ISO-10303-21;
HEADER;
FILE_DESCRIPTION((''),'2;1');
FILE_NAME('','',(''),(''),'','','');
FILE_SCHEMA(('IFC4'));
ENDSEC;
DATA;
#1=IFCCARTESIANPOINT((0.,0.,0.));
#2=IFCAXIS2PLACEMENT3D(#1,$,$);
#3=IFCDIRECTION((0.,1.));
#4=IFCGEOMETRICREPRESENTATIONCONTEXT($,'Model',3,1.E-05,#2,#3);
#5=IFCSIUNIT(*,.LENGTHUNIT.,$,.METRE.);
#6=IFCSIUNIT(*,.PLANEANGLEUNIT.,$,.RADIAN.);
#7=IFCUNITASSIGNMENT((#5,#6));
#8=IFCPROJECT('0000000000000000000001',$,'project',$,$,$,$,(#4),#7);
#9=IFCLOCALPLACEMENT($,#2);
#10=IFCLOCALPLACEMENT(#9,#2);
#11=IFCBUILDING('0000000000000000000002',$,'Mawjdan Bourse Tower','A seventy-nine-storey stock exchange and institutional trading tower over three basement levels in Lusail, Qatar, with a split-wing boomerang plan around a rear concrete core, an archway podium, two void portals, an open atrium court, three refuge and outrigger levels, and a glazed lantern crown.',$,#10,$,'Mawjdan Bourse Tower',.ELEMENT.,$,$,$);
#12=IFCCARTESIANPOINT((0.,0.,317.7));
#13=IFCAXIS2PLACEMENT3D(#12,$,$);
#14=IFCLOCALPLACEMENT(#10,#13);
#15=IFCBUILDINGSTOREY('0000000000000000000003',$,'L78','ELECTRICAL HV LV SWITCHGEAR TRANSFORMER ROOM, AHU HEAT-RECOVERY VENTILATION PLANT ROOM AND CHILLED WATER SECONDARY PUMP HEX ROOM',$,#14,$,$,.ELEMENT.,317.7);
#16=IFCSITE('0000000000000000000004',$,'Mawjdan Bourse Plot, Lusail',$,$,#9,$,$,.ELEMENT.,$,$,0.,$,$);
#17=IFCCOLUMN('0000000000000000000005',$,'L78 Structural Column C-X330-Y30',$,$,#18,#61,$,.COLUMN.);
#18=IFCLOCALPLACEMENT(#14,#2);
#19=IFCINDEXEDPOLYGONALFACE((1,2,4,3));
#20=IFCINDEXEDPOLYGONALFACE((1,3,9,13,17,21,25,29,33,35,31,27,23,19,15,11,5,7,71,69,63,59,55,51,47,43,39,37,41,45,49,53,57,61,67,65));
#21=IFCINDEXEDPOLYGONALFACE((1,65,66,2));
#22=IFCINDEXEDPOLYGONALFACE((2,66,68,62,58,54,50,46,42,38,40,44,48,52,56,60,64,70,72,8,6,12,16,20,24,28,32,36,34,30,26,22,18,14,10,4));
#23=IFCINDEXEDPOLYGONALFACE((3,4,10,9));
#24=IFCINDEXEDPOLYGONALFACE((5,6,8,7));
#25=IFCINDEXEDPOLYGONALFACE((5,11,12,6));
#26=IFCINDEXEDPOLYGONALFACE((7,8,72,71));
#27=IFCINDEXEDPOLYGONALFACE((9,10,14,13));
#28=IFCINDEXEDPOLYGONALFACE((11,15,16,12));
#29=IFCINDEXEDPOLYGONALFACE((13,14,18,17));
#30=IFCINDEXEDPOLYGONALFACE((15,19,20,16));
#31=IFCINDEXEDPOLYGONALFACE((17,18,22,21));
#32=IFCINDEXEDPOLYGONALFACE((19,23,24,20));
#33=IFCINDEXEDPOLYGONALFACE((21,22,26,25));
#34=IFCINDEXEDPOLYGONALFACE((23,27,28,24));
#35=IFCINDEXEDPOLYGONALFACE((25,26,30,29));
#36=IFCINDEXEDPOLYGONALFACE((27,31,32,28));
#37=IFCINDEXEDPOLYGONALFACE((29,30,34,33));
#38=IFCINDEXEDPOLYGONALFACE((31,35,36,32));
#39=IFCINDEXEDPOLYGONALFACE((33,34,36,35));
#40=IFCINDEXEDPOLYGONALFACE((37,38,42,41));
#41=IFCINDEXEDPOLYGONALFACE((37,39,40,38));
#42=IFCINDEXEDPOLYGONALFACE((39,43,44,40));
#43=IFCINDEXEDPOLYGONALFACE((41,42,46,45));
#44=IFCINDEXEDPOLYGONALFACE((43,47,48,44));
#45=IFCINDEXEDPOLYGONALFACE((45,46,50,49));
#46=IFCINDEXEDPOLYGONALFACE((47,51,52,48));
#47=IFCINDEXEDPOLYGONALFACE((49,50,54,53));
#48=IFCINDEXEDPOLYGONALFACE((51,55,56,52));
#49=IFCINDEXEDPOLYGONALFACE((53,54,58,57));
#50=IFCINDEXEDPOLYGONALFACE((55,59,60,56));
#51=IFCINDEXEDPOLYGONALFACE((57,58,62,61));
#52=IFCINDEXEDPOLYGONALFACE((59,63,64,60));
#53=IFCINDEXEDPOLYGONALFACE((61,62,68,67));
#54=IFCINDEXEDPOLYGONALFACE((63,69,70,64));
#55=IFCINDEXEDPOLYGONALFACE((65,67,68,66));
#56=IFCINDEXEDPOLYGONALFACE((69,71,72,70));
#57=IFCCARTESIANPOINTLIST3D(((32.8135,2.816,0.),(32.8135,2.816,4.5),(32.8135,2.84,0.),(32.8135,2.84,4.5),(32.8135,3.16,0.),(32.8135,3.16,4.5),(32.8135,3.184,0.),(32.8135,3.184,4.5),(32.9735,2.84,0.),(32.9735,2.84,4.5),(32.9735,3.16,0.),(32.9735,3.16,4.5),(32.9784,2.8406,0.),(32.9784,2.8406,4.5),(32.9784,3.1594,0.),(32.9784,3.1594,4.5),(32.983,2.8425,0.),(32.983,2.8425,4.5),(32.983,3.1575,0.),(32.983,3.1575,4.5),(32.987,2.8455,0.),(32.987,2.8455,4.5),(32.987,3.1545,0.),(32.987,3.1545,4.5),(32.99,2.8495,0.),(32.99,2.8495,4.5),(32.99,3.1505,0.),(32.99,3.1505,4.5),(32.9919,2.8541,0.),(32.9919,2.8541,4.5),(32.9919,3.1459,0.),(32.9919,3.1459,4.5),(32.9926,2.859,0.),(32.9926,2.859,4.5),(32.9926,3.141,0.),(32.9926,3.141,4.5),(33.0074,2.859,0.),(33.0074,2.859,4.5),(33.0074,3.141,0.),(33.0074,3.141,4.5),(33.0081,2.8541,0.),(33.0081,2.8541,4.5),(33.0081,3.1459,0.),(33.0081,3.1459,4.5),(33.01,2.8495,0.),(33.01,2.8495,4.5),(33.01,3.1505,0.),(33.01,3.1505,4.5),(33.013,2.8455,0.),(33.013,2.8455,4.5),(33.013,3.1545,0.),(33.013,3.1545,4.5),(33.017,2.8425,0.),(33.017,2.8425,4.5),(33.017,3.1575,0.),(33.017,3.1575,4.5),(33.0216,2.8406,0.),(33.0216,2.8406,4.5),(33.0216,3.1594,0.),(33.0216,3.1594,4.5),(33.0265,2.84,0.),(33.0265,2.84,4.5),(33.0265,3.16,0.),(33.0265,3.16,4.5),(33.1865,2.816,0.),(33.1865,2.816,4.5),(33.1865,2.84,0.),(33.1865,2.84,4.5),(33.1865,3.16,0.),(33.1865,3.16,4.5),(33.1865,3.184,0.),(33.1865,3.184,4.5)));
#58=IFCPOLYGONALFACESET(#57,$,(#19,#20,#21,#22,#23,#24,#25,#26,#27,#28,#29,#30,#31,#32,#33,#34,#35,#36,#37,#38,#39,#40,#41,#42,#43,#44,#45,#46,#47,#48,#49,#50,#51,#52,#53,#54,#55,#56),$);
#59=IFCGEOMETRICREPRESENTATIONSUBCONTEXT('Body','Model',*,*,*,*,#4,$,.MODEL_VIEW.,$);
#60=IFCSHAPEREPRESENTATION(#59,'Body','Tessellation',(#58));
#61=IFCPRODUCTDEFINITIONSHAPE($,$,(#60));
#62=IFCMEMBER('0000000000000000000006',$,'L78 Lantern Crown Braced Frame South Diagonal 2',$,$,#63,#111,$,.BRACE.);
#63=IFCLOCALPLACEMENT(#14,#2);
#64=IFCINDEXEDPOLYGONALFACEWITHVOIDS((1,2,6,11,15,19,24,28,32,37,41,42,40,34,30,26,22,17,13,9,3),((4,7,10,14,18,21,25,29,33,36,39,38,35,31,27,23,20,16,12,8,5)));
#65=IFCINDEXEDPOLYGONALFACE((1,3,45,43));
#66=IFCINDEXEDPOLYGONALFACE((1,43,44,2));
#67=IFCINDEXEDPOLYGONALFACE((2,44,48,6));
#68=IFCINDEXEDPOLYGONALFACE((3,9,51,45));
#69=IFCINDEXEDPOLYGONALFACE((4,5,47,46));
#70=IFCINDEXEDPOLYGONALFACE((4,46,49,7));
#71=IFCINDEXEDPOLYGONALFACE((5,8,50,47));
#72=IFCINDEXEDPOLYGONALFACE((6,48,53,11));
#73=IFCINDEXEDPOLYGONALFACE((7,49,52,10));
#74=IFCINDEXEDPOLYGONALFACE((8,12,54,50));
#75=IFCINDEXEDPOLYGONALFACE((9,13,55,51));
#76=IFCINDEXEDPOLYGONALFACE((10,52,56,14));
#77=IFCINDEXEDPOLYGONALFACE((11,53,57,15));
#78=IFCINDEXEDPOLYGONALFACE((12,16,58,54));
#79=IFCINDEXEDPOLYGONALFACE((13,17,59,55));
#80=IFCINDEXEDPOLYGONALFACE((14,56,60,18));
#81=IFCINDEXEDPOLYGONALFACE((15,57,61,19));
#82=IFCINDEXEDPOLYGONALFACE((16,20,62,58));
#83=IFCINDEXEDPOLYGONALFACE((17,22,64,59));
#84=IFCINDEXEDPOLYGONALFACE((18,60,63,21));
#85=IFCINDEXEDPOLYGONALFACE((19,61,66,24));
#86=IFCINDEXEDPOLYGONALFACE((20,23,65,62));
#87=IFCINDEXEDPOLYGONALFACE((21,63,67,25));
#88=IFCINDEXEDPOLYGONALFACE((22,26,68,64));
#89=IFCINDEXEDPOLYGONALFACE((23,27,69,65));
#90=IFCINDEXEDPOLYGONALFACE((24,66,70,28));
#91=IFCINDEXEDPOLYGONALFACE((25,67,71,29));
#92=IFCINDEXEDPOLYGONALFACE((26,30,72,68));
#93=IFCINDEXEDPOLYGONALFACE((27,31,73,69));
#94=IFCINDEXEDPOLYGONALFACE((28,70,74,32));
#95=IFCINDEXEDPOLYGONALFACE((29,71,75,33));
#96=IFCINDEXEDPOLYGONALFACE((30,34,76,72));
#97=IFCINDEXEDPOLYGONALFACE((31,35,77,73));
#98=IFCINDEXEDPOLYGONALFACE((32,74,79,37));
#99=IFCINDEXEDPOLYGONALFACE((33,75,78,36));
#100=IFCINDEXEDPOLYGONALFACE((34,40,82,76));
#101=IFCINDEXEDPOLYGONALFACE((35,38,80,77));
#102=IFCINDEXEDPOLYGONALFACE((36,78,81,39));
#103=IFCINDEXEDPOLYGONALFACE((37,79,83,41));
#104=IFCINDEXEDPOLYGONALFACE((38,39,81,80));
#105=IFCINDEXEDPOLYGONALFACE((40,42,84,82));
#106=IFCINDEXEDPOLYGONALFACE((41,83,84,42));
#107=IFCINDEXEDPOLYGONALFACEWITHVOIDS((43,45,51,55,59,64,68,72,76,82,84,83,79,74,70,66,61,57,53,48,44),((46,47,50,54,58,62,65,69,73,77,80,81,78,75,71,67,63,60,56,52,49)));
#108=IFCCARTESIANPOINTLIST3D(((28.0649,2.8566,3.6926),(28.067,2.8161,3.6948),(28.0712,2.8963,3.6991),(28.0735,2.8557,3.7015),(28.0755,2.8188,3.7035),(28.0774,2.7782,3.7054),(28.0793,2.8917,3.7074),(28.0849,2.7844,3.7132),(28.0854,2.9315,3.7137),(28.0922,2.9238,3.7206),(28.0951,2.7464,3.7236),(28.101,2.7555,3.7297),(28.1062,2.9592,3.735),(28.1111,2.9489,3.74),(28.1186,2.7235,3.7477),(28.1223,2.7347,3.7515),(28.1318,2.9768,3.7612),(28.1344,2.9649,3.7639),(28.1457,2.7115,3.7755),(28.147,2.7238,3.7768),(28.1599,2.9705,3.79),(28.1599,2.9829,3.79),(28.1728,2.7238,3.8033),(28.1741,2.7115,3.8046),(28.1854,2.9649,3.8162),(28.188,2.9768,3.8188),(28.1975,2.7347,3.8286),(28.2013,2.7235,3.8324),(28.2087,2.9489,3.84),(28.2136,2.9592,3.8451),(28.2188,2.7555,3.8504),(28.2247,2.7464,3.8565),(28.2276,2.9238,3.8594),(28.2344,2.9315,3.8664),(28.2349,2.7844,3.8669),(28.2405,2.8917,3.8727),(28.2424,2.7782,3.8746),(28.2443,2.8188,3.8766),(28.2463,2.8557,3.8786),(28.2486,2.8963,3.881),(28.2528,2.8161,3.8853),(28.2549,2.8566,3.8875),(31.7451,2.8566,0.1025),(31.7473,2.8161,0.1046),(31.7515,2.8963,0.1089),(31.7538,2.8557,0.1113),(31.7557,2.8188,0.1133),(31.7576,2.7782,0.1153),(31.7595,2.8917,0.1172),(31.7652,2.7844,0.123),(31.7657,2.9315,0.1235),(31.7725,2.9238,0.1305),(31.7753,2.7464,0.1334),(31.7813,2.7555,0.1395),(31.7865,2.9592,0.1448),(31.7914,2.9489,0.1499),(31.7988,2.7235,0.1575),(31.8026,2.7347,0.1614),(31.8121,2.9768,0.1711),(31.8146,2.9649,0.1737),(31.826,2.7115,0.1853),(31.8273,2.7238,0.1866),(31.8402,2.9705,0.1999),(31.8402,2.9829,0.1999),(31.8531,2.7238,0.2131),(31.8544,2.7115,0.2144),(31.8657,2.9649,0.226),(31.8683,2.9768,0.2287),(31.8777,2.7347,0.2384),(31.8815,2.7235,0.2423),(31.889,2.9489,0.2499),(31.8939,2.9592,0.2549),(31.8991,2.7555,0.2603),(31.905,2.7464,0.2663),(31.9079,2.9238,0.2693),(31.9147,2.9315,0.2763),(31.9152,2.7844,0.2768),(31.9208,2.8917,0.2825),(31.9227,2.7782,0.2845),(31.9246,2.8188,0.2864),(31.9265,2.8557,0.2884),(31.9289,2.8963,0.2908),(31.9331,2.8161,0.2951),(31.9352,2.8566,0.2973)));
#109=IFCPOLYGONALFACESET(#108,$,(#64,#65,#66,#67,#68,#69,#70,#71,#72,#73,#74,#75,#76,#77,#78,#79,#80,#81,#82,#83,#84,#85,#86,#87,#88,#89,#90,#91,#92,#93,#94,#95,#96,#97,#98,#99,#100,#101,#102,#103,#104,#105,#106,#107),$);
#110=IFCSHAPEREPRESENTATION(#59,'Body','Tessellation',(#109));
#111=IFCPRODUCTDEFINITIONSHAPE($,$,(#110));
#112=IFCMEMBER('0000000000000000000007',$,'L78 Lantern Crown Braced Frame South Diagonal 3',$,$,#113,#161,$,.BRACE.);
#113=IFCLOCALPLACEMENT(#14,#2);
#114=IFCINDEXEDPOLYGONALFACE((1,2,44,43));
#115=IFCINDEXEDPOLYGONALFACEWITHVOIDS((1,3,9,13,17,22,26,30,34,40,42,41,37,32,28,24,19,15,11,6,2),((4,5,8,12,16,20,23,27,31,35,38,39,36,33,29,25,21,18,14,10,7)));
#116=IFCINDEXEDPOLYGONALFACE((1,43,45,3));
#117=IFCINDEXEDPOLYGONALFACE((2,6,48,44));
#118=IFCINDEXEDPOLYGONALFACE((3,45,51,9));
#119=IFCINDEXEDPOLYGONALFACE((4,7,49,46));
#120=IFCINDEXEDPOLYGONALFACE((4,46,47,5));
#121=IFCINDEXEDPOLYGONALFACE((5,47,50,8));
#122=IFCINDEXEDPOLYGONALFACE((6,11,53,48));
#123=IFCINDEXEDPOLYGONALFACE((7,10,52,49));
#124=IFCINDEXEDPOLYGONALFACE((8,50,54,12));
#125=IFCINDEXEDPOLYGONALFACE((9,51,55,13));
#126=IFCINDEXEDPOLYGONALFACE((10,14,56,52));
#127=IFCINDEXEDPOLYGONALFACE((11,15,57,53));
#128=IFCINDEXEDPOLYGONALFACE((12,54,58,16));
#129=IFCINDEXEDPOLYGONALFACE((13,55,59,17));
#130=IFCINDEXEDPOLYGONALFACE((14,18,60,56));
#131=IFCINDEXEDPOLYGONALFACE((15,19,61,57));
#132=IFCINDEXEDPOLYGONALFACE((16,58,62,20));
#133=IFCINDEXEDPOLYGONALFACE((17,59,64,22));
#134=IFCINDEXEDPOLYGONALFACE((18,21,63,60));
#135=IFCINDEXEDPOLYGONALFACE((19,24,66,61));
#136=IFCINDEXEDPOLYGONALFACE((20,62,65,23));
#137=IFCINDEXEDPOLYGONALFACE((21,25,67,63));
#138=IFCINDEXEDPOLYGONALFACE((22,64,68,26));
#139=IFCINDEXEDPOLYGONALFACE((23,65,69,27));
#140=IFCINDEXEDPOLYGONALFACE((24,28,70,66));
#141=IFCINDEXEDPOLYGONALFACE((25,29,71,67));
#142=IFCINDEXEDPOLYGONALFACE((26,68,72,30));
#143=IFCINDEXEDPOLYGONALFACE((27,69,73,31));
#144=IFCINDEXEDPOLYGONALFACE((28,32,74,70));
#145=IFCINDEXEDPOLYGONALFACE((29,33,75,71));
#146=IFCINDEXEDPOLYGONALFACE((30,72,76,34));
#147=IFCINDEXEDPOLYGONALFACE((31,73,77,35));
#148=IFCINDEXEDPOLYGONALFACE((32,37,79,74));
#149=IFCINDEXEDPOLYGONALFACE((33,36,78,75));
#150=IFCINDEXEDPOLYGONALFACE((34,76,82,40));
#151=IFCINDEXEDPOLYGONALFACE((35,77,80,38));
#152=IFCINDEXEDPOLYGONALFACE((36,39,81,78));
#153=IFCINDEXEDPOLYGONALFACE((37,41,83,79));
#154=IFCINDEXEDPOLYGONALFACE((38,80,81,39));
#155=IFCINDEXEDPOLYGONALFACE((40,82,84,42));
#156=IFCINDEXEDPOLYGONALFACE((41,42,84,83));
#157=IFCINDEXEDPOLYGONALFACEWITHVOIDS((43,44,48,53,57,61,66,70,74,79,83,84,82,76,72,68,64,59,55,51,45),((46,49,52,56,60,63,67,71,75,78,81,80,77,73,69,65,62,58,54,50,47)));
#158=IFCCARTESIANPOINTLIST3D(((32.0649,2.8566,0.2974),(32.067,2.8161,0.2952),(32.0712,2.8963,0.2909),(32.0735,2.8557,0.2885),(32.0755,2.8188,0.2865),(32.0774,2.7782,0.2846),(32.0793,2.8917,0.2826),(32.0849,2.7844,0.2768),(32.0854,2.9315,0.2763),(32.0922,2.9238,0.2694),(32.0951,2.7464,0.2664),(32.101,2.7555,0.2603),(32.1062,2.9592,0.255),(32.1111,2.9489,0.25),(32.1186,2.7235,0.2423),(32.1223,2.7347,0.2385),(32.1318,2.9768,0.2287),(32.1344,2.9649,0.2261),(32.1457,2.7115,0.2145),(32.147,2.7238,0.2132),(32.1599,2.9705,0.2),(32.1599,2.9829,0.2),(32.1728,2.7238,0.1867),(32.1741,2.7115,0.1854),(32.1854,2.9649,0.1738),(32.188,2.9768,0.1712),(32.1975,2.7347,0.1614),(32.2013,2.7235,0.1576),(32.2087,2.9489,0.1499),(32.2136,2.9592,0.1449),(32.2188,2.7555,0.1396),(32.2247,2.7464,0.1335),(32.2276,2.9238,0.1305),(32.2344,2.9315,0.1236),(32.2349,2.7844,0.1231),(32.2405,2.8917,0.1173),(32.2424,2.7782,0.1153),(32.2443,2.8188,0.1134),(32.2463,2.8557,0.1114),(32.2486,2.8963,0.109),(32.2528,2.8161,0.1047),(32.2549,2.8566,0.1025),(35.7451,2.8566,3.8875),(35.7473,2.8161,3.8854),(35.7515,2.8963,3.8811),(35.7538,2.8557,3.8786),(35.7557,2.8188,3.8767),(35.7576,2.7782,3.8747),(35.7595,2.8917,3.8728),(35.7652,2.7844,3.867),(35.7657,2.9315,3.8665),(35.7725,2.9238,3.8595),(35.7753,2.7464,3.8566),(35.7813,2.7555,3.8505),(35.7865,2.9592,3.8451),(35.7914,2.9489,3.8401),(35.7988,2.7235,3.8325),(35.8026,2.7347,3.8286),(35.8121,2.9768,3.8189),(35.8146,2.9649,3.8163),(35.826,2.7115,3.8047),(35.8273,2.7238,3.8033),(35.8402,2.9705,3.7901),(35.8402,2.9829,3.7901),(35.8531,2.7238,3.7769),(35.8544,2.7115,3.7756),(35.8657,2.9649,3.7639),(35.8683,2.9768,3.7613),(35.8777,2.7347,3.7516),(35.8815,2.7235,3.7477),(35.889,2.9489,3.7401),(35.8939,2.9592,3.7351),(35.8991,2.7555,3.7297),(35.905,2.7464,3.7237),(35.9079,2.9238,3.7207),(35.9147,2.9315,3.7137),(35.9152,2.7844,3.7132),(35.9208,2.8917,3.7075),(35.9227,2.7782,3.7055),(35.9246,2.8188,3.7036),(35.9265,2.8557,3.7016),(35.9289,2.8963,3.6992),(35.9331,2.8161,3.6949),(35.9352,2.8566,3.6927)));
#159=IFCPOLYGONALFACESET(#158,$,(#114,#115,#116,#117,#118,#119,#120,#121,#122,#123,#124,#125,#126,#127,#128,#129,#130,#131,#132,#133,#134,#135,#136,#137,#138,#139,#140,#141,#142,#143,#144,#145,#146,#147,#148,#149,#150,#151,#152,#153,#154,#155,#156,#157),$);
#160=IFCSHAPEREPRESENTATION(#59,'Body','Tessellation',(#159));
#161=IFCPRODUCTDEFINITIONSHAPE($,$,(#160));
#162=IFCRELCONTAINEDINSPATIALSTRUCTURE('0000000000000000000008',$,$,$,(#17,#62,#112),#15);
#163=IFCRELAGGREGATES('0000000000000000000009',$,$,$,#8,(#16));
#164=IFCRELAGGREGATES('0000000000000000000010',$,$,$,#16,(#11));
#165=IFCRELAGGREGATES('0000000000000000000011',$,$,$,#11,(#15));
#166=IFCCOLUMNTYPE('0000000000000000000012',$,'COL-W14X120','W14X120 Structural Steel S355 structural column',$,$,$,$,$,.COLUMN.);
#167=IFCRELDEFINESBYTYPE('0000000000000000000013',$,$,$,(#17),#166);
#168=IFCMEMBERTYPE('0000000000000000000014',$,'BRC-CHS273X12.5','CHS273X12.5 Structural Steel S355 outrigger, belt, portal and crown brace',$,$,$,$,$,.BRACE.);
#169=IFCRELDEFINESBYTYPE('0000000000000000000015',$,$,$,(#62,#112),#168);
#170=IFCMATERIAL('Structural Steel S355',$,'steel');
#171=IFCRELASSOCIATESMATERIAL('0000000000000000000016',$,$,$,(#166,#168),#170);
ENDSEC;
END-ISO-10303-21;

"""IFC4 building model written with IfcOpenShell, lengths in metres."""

from ifc_helpers import new_model, si_unit, direction, frame, origin, origin_2d, place, context, subcontext, project, spatial, hollow_circle, i_section, extrude, material, material_profile, profile_set, type_object, element, save


model = new_model("IFC4")

# Units and contexts
model_context = context("Model", 3, precision=1e-05, world=origin(), true_north=direction((0.0, 1.0)))
body_context = subcontext(model_context, "Body", "Model", "MODEL_VIEW")
ifc_project = project(units=[si_unit("LENGTHUNIT", "METRE"), si_unit("PLANEANGLEUNIT", "RADIAN")], contexts=[model_context])

# Site, building, storey
site_placement = place(None, origin())
site = spatial("IfcSite", under=ifc_project, at=site_placement, Name="Mawjdan Bourse Plot, Lusail", CompositionType="ELEMENT", RefElevation=0.0)
building_placement = place(site_placement, origin())
building = spatial("IfcBuilding", under=site, at=building_placement, Name="Mawjdan Bourse Tower", Description="A seventy-nine-storey stock exchange and institutional trading tower over three basement levels in Lusail, Qatar, with a split-wing boomerang plan around a rear concrete core, an archway podium, two void portals, an open atrium court, three refuge and outrigger levels, and a glazed lantern crown.", LongName="Mawjdan Bourse Tower", CompositionType="ELEMENT")
storey_placement = place(building_placement, frame((0.0, 0.0, 317.7)))
storey = spatial("IfcBuildingStorey", under=building, at=storey_placement, Name="L78", Description="ELECTRICAL HV LV SWITCHGEAR TRANSFORMER ROOM, AHU HEAT-RECOVERY VENTILATION PLANT ROOM AND CHILLED WATER SECONDARY PUMP HEX ROOM", CompositionType="ELEMENT", Elevation=317.7)

# Column
ifc_material_1 = material(Name="Structural Steel S355", Category="steel")
ifc_material_profile_1 = material_profile(ifc_material_1, i_section(OverallWidth=0.373, OverallDepth=0.3679, WebThickness=0.0149, FlangeThickness=0.0239, FilletRadius=0.019, at=origin_2d()), Name="W14X120")
ifc_profile_set_1 = profile_set([ifc_material_profile_1], Name="Structural Steel S355")
column_type = type_object("IfcColumnType", Name="COL-W14X120", Description="W14X120 Structural Steel S355 structural column", PredefinedType="COLUMN", material=ifc_profile_set_1)
column_placement = place(storey_placement, frame((33.0, 3.0, 0.0), z_axis=(0.0, 0.0, 1.0), x_axis=(1.0, 0.0, 0.0)))
element("IfcColumn", 1, at=column_placement, inside=storey, type_object=column_type, Name="L78 Structural Column C-X330-Y30", PredefinedType="COLUMN", context=body_context, shape_type="SweptSolid", body=[
    extrude(i_section(OverallWidth=0.373, OverallDepth=0.3679, WebThickness=0.0149, FlangeThickness=0.0239, FilletRadius=0.019, at=origin_2d()), origin(), (0.0, 0.0, 1.0), 4.5),
])

# Members
ifc_material_profile_2 = material_profile(ifc_material_1, hollow_circle(Radius=0.1365, WallThickness=0.0125, at=origin_2d()), Name="CHS273X12.5")
ifc_profile_set_2 = profile_set([ifc_material_profile_2], Name="Structural Steel S355")
member_type_1 = type_object("IfcMemberType", Name="BRC-CHS273X12.5", Description="CHS273X12.5 Structural Steel S355 outrigger, belt, portal and crown brace", PredefinedType="BRACE", material=ifc_profile_set_2)
for number, where, z_axis, x_axis, name in (
    (2, (28.1599, 2.8464, 3.79), (0.715814, 0.0, -0.698291), (0.0, 1.0, 0.0), "L78 Lantern Crown Braced Frame South Diagonal 2"),
    (3, (32.1599, 2.8464, 0.2), (0.715814, 0.0, 0.698291), (0.0, 1.0, 0.0), "L78 Lantern Crown Braced Frame South Diagonal 3"),
):
    element("IfcMember", number, at=place(storey_placement, frame(where, z_axis=z_axis, x_axis=x_axis)), inside=storey, type_object=member_type_1, Name=name, PredefinedType="BRACE", context=body_context, shape_type="SweptSolid", body=[
        extrude(hollow_circle(Radius=0.1365, WallThickness=0.0125, at=origin_2d()), origin(), (0.0, 0.0, 1.0), 5.1414),
    ])

save(model, "model.ifc")
